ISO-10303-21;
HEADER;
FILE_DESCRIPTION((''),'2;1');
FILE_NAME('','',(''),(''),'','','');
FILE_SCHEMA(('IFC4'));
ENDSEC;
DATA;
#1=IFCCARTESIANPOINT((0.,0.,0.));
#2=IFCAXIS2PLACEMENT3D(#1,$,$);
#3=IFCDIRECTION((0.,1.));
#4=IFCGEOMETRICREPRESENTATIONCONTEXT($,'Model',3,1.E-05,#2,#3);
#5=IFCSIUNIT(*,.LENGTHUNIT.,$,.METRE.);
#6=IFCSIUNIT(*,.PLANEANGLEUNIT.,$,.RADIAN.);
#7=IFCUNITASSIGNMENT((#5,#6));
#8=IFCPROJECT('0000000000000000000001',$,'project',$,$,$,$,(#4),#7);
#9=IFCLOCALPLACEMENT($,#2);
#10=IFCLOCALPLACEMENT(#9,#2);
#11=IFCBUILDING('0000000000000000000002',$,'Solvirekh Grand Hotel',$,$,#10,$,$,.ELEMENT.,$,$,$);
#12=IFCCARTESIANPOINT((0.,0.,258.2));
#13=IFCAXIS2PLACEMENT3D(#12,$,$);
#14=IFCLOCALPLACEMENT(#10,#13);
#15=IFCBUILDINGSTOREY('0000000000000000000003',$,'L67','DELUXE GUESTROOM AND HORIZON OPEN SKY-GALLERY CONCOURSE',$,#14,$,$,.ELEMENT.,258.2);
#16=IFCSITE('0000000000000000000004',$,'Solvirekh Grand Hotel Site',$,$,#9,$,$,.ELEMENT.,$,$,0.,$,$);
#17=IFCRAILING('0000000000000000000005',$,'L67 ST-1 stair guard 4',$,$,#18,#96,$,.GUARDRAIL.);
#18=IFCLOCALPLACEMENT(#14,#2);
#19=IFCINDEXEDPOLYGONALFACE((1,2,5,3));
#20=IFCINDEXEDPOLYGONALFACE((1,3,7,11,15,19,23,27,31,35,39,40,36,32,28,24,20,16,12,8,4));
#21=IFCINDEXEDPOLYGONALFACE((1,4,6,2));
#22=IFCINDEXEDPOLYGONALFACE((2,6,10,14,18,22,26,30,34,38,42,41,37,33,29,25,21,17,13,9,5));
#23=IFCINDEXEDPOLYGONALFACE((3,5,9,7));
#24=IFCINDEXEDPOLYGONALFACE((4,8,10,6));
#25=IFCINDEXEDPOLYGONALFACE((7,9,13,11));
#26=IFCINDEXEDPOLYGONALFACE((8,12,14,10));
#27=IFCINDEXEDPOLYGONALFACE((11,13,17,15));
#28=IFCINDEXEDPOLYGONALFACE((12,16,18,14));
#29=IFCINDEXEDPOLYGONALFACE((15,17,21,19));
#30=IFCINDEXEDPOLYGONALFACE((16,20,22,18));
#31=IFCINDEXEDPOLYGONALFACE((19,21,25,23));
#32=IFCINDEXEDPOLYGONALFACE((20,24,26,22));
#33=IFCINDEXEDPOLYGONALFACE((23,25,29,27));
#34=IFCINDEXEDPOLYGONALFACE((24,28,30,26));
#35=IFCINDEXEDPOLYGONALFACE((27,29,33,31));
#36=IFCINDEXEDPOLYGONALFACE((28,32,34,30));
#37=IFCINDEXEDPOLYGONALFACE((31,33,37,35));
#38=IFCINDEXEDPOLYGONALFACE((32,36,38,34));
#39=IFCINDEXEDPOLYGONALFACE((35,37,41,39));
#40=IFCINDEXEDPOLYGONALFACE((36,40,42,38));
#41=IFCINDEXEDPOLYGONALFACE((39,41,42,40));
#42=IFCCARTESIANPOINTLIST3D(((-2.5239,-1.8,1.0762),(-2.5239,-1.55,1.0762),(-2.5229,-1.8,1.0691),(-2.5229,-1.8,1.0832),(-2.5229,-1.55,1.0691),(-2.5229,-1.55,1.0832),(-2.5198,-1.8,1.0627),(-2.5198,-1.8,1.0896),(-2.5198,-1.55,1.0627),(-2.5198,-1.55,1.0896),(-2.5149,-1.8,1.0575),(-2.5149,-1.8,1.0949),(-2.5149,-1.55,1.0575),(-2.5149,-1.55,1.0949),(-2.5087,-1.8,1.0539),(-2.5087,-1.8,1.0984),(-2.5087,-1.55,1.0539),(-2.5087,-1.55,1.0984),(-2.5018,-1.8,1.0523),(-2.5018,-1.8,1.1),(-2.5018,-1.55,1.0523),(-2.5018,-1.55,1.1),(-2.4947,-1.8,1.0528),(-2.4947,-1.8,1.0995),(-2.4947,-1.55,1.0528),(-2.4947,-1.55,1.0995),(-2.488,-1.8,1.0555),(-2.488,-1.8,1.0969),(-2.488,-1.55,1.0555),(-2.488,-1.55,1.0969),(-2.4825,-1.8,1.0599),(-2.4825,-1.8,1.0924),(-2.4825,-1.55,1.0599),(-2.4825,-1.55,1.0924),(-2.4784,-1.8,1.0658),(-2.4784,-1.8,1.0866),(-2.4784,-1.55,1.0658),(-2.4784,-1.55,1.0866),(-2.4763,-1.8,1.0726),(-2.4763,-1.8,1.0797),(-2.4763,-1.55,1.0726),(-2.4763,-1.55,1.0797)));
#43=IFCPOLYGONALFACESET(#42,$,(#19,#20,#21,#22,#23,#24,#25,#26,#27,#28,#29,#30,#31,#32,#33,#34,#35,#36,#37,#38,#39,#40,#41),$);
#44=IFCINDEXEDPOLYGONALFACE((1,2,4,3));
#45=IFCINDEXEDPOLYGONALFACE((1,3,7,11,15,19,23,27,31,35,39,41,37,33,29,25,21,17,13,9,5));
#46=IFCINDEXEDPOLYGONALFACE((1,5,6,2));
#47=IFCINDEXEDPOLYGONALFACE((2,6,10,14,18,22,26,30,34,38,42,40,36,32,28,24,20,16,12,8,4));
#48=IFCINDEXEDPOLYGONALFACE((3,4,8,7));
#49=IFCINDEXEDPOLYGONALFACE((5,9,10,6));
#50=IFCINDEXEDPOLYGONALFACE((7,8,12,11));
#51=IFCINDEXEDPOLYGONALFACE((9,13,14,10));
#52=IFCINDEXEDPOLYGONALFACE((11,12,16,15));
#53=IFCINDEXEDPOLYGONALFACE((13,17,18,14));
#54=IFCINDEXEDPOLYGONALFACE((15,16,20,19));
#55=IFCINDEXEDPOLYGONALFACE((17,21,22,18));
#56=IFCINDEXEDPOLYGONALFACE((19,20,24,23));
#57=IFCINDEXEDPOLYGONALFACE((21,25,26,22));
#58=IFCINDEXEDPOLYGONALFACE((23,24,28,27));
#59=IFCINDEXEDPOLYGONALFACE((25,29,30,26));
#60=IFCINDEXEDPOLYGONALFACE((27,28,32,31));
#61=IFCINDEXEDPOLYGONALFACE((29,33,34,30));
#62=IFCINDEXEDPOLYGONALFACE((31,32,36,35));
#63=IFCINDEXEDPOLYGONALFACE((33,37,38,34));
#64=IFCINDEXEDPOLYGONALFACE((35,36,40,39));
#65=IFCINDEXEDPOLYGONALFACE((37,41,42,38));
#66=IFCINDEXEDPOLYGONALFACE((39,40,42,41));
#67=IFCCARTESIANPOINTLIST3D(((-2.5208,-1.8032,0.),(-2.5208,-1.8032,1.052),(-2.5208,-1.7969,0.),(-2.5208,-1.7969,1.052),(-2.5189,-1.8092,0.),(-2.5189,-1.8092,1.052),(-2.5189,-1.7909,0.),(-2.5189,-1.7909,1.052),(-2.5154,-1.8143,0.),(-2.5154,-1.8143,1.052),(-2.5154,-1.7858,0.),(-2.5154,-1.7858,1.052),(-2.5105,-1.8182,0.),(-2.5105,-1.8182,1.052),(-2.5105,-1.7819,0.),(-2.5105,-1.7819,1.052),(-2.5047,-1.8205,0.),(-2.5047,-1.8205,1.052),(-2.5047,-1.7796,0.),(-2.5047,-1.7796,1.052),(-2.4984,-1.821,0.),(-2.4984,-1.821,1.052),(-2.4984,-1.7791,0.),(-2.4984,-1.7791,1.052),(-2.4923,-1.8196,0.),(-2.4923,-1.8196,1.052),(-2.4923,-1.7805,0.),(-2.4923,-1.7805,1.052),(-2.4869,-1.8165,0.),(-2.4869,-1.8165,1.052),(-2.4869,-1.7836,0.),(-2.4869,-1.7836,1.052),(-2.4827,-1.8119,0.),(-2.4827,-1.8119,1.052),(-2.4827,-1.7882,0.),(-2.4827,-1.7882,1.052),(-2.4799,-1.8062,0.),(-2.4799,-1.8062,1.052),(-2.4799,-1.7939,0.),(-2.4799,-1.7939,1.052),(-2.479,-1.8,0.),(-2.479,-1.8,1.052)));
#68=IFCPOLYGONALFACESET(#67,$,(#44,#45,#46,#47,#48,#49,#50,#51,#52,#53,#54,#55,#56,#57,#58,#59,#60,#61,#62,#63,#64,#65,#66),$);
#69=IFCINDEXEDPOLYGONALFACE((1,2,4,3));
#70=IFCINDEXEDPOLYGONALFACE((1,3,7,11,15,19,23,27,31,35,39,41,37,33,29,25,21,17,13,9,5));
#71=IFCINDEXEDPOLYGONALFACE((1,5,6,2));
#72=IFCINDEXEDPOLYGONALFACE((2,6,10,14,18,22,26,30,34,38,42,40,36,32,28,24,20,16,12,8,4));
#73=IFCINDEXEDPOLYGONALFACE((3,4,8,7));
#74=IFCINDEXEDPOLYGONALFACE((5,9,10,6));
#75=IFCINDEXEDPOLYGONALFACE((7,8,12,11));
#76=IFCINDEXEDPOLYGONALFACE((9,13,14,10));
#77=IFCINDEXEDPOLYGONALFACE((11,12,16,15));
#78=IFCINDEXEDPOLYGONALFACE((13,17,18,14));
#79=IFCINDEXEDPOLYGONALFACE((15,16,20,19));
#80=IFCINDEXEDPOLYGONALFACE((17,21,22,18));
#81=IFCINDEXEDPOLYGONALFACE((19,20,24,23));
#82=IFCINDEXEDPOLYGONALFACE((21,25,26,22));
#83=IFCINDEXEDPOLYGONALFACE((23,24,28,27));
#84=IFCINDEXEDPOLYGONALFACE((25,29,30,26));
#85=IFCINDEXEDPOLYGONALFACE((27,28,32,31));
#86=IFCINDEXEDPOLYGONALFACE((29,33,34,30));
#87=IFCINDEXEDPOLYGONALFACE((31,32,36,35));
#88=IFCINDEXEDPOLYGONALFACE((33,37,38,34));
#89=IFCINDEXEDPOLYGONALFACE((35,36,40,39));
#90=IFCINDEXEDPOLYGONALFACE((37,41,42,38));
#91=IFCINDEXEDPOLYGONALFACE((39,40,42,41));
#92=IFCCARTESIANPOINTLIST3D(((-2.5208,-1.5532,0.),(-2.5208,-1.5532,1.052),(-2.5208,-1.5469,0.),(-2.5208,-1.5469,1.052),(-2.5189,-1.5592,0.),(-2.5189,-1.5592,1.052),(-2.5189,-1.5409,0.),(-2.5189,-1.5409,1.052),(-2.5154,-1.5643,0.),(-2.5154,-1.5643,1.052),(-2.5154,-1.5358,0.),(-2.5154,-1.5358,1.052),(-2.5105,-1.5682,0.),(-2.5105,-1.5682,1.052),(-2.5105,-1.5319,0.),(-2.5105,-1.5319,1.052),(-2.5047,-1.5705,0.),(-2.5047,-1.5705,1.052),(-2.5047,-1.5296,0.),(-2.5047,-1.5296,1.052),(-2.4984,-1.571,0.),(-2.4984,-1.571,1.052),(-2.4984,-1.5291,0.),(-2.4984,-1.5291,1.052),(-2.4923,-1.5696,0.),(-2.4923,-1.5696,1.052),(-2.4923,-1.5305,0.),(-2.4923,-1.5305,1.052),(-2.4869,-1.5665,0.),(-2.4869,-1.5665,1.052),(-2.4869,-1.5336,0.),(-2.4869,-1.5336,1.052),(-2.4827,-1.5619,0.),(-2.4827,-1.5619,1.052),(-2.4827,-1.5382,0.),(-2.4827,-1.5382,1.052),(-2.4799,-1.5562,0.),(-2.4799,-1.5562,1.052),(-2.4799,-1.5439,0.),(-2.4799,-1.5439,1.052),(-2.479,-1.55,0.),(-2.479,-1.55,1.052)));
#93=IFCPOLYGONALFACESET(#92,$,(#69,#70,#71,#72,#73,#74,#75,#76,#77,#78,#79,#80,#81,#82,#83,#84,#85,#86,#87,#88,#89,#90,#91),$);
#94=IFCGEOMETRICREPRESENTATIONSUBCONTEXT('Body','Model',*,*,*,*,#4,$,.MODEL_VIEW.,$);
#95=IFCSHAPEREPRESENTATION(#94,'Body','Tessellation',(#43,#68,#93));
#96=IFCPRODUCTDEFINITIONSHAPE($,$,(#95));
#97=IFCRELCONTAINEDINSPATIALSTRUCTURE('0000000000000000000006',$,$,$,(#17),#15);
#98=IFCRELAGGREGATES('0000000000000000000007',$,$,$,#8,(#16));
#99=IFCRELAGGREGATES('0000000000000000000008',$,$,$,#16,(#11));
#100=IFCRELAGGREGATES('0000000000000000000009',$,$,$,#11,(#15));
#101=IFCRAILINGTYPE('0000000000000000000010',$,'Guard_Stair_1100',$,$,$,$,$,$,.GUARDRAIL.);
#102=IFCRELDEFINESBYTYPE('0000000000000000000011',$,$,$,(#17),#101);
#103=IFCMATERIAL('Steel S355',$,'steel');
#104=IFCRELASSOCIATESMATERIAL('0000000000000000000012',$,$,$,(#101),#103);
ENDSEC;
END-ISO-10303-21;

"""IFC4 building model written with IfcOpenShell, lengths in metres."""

from ifc_helpers import new_model, si_unit, direction, frame, origin, origin_2d, place, context, subcontext, project, spatial, circle, extrude, material, type_object, element, save


model = new_model("IFC4")

# Units and contexts
model_context = context("Model", 3, precision=1e-05, world=origin(), true_north=direction((0.0, 1.0)))
body_context = subcontext(model_context, "Body", "Model", "MODEL_VIEW")
ifc_project = project(units=[si_unit("LENGTHUNIT", "METRE"), si_unit("PLANEANGLEUNIT", "RADIAN")], contexts=[model_context])

# Site, building, storey
site_placement = place(None, origin())
site = spatial("IfcSite", under=ifc_project, at=site_placement, Name="Solvirekh Grand Hotel Site", CompositionType="ELEMENT", RefElevation=0.0)
building_placement = place(site_placement, origin())
building = spatial("IfcBuilding", under=site, at=building_placement, Name="Solvirekh Grand Hotel", CompositionType="ELEMENT")
storey_placement = place(building_placement, frame((0.0, 0.0, 258.2)))
storey = spatial("IfcBuildingStorey", under=building, at=storey_placement, Name="L67", Description="DELUXE GUESTROOM AND HORIZON OPEN SKY-GALLERY CONCOURSE", CompositionType="ELEMENT", Elevation=258.2)

# Railing
ifc_material_1 = material(Name="Steel S355", Category="steel")
railing_type_1 = type_object("IfcRailingType", Name="Guard_Stair_1100", PredefinedType="GUARDRAIL", material=ifc_material_1)
railing_1_placement = place(storey_placement, frame((-2.5, -1.8, 0.0)))
element("IfcRailing", 1, at=railing_1_placement, inside=storey, type_object=railing_type_1, Name="L67 ST-1 stair guard 4", PredefinedType="GUARDRAIL", context=body_context, shape_type="SweptSolid", body=[
    extrude(circle(Radius=0.0239, at=origin_2d()), frame((0.0, 0.0, 1.0762), z_axis=(0.0, 1.0, 0.0), x_axis=(-1.0, 0.0, 0.0)), (0.0, 0.0, 1.0), 0.25),
    extrude(circle(Radius=0.021, at=origin_2d()), origin(), (0.0, 0.0, 1.0), 1.052),
    extrude(circle(Radius=0.021, at=origin_2d()), frame((0.0, 0.25, 0.0)), (0.0, 0.0, 1.0), 1.052),
])

save(model, "model.ifc")
